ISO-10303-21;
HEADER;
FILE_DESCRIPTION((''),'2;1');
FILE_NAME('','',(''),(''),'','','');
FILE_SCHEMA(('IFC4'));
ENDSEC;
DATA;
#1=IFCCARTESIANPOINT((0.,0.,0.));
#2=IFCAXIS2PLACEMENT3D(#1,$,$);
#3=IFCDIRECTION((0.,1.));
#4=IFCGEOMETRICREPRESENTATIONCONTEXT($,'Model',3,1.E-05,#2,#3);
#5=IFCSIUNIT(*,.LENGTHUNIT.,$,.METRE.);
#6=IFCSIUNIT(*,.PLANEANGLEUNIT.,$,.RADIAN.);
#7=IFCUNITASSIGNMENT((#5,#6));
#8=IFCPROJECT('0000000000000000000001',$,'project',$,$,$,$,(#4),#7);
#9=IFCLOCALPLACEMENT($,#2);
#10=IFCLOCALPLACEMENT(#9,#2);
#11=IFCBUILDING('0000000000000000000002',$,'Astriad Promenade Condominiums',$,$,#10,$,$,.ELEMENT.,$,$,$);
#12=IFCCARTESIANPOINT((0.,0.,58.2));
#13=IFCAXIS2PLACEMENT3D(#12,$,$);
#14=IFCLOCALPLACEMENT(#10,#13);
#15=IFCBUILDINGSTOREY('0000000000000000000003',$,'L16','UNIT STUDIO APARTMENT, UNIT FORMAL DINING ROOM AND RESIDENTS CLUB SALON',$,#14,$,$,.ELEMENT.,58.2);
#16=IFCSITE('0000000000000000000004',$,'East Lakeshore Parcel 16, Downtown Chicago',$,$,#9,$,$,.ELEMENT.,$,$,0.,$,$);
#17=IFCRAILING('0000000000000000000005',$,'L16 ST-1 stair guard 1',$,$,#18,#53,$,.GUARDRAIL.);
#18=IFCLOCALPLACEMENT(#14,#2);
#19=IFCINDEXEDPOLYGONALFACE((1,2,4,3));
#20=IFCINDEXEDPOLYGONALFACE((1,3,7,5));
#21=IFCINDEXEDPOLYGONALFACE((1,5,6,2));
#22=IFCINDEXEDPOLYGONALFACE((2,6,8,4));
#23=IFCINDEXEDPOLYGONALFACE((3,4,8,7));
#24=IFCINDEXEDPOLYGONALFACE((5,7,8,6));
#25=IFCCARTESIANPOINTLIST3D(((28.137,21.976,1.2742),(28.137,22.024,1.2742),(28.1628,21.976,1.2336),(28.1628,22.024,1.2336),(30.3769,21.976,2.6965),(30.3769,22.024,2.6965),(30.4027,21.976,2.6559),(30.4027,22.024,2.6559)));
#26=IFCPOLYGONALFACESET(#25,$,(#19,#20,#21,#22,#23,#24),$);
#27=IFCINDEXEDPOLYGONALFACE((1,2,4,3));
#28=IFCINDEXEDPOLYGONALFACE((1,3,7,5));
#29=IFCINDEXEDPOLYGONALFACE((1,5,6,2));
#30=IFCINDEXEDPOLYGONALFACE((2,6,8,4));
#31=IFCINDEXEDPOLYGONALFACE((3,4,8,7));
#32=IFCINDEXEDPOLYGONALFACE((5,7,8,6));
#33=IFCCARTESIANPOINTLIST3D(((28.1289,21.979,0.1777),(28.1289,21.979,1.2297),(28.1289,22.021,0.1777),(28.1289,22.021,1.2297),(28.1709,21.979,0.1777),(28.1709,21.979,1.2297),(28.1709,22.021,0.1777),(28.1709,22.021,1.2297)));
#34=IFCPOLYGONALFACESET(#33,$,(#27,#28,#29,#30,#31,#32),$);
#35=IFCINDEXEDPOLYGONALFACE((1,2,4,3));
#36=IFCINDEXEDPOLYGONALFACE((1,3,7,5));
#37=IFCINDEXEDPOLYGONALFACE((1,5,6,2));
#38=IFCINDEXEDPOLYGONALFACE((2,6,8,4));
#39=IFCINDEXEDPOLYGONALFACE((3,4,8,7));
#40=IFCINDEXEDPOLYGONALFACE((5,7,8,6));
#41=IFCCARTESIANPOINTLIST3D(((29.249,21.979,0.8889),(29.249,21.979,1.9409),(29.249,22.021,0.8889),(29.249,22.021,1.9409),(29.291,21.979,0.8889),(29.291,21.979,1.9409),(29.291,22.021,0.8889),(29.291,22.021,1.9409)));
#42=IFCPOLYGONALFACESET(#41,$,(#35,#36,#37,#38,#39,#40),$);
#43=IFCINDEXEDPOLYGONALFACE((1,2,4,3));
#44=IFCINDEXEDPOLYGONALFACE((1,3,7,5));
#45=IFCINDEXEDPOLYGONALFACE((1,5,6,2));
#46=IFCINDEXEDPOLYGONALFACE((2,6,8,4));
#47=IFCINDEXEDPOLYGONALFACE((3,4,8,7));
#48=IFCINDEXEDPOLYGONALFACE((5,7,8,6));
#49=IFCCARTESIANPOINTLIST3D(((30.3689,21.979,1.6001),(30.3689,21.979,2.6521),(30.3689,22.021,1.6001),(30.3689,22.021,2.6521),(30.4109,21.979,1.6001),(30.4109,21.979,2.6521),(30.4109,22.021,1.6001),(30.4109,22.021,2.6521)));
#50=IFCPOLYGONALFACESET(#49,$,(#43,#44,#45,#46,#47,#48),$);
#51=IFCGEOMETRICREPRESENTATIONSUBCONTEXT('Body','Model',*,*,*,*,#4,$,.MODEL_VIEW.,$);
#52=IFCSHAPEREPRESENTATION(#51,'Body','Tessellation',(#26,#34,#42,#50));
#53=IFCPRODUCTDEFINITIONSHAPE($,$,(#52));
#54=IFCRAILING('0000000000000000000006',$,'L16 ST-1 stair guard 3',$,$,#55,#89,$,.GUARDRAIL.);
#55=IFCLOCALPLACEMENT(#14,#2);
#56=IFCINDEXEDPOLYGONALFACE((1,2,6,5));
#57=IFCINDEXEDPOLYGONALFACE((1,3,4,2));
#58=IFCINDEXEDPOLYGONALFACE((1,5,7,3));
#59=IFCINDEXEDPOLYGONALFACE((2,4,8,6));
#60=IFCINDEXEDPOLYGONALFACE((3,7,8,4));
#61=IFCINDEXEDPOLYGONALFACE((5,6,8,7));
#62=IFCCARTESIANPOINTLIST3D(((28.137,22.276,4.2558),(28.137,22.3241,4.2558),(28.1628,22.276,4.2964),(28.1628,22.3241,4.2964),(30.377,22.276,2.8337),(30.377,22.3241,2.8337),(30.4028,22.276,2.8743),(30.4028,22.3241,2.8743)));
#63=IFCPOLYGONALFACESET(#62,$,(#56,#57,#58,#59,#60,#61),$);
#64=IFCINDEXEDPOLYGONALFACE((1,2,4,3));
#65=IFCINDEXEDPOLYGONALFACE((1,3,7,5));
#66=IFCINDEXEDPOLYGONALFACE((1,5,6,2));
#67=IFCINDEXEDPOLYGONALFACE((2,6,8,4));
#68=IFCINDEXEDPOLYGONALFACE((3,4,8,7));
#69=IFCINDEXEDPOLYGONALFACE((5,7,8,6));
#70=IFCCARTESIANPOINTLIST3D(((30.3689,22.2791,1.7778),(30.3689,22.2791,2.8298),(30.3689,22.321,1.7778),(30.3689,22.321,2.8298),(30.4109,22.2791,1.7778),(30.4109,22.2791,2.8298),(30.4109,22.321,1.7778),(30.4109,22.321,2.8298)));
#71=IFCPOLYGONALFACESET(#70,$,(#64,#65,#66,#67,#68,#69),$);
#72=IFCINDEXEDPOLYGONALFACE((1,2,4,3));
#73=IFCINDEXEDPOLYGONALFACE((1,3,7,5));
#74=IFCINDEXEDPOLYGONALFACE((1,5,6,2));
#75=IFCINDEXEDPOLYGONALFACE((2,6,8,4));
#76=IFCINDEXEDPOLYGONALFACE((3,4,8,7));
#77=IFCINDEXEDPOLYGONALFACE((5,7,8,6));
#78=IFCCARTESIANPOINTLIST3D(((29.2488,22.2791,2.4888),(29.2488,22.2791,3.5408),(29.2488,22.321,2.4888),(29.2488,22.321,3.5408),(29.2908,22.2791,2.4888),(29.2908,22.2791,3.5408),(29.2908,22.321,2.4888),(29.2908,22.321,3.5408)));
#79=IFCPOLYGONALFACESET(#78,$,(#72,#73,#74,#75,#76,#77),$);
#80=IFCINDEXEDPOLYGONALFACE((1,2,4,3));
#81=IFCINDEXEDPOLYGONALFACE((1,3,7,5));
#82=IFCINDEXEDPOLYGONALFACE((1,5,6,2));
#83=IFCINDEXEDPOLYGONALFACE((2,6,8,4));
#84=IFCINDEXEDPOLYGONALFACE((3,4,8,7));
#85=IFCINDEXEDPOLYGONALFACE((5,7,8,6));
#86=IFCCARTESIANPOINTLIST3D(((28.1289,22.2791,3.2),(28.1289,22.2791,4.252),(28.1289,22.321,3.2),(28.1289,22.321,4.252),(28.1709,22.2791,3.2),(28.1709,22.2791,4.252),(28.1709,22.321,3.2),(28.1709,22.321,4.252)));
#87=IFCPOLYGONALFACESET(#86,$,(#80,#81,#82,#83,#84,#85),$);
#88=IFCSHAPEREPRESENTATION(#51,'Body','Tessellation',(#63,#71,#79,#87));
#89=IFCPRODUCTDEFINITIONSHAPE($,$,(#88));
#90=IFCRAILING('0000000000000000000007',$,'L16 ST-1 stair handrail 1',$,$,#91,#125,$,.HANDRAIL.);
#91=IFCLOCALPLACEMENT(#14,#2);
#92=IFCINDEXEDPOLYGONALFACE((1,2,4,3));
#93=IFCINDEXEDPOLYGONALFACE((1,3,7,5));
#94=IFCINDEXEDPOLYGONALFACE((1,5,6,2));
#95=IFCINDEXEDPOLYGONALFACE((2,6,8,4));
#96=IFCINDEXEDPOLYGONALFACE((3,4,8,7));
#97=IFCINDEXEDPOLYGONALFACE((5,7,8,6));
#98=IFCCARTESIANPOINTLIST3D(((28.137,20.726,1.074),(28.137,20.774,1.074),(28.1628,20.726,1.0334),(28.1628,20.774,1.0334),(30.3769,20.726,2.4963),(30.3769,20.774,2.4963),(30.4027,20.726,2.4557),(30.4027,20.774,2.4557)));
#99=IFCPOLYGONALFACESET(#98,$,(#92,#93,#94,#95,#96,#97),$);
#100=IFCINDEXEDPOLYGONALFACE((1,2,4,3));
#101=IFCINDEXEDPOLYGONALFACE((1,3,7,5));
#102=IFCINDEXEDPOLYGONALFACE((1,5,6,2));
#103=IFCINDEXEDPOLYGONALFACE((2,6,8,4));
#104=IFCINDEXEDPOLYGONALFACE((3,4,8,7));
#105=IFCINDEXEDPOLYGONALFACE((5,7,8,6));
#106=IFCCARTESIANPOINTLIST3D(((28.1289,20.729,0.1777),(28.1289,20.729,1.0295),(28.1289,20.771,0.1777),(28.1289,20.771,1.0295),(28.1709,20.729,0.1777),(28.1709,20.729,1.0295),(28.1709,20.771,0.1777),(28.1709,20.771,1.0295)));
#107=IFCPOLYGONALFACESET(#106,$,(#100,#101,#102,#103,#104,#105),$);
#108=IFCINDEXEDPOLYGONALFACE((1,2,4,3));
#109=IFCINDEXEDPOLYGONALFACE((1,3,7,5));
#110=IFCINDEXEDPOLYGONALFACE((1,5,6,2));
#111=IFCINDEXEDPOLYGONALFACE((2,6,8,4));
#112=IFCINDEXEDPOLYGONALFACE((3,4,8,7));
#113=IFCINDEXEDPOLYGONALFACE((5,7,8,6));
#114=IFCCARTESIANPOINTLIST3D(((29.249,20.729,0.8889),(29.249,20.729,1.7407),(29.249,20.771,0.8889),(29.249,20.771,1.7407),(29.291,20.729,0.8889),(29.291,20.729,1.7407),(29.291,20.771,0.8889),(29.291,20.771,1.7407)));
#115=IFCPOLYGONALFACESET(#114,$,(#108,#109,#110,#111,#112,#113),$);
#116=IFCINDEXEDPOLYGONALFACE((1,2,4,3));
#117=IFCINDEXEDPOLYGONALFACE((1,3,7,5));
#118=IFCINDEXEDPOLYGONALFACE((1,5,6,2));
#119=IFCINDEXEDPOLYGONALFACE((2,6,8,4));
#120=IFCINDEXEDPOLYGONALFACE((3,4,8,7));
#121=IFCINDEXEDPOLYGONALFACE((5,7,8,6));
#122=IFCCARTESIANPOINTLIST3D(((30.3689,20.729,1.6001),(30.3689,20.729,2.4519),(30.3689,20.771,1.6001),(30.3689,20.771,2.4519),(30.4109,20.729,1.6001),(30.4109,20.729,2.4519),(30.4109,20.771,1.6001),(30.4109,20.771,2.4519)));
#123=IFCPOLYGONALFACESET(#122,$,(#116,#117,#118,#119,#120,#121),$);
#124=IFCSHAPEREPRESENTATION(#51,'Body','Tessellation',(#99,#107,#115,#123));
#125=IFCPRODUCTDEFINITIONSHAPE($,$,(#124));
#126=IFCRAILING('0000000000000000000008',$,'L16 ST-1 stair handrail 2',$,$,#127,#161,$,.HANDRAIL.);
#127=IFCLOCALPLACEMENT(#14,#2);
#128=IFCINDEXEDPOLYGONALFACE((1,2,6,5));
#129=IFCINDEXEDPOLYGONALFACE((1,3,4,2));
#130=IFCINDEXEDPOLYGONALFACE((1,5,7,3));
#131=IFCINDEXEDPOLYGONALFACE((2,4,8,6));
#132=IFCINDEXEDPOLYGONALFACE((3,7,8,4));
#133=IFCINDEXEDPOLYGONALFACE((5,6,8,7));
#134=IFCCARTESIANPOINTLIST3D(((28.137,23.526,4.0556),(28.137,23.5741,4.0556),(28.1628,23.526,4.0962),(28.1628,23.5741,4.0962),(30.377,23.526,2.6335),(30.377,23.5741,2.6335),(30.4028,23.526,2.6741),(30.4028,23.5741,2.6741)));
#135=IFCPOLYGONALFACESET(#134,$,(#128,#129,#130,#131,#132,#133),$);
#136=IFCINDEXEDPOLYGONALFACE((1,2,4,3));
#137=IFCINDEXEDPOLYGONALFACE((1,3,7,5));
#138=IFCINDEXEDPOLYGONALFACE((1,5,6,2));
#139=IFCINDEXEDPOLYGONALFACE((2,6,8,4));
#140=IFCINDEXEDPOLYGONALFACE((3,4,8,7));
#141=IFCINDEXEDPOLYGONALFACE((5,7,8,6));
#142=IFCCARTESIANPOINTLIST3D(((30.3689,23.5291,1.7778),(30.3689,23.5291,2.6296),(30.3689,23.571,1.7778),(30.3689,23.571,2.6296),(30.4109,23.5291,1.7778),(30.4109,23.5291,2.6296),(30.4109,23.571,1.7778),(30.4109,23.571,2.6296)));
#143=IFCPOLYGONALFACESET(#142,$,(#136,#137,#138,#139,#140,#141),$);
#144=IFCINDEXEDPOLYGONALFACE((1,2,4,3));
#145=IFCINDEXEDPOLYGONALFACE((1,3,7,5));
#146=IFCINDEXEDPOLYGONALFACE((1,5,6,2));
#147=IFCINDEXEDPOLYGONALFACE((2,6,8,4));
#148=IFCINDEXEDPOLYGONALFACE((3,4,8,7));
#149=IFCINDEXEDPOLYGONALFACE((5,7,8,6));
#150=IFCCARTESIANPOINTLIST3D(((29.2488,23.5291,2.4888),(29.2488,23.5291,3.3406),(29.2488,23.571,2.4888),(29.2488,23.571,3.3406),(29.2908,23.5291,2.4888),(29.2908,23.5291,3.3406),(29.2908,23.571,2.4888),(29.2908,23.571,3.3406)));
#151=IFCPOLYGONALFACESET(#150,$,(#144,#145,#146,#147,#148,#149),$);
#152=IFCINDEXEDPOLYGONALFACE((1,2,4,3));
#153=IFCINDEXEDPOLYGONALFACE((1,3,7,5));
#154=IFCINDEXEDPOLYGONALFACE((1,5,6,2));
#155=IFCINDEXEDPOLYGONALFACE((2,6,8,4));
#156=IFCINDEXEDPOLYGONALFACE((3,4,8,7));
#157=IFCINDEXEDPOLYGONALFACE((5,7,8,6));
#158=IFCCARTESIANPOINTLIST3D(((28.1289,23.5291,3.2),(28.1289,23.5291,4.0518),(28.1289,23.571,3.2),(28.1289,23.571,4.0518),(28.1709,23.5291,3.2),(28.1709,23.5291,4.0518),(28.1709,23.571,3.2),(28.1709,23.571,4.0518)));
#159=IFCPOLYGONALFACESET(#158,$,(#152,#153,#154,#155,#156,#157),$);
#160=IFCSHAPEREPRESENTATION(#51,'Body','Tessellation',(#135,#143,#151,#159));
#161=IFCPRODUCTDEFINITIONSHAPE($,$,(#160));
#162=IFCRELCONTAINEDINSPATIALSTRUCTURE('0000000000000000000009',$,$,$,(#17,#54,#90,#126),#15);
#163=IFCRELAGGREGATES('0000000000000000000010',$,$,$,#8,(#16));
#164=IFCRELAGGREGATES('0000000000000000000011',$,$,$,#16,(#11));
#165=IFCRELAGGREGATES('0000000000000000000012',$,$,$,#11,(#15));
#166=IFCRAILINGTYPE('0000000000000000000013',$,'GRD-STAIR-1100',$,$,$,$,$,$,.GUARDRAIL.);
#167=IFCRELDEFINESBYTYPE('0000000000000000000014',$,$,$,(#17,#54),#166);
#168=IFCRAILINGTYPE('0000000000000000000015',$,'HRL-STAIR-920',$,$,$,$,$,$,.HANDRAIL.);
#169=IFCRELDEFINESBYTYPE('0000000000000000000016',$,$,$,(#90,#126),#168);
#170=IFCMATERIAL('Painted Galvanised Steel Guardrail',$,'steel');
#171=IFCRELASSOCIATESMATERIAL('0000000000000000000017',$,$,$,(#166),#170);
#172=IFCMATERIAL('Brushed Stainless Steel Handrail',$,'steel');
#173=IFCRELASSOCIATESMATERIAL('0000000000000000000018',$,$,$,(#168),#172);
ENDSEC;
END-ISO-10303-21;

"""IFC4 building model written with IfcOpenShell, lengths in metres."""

from ifc_helpers import new_model, si_unit, direction, frame, origin, origin_2d, place, context, subcontext, project, spatial, rectangle, extrude, source, transform, mapped, material, type_object, type_shapes, element, save


model = new_model("IFC4")

# Units and contexts
model_context = context("Model", 3, precision=1e-05, world=origin(), true_north=direction((0.0, 1.0)))
body_context = subcontext(model_context, "Body", "Model", "MODEL_VIEW")
ifc_project = project(units=[si_unit("LENGTHUNIT", "METRE"), si_unit("PLANEANGLEUNIT", "RADIAN")], contexts=[model_context])

# Site, building, storey
site_placement = place(None, origin())
site = spatial("IfcSite", under=ifc_project, at=site_placement, Name="East Lakeshore Parcel 16, Downtown Chicago", CompositionType="ELEMENT", RefElevation=0.0)
building_placement = place(site_placement, origin())
building = spatial("IfcBuilding", under=site, at=building_placement, Name="Astriad Promenade Condominiums", CompositionType="ELEMENT")
storey_placement = place(building_placement, frame((0.0, 0.0, 58.2)))
storey = spatial("IfcBuildingStorey", under=building, at=storey_placement, Name="L16", Description="UNIT STUDIO APARTMENT, UNIT FORMAL DINING ROOM AND RESIDENTS CLUB SALON", CompositionType="ELEMENT", Elevation=58.2)

# Railings
ifc_material_1 = material(Name="Painted Galvanised Steel Guardrail", Category="steel")
railing_type_1 = type_object("IfcRailingType", Name="GRD-STAIR-1100", PredefinedType="GUARDRAIL", material=ifc_material_1)
shared_shape_1 = source(origin(), body_context, "Body", "SweptSolid", [
    extrude(rectangle(XDim=0.0481, YDim=0.0481, at=origin_2d()), frame((0.0, 0.0, 1.0762), z_axis=(0.844188, 0.0, 0.536048), x_axis=(0.0, 1.0, 0.0)), (0.0, 0.0, 1.0), 2.6533),
    extrude(rectangle(XDim=0.042, YDim=0.042, at=origin_2d()), origin(), (0.0, 0.0, 1.0), 1.052),
    extrude(rectangle(XDim=0.042, YDim=0.042, at=origin_2d()), frame((1.1201, 0.0, 0.7112)), (0.0, 0.0, 1.0), 1.052),
    extrude(rectangle(XDim=0.042, YDim=0.042, at=origin_2d()), frame((2.24, 0.0, 1.4224)), (0.0, 0.0, 1.0), 1.052),
])
railing_1_placement = place(storey_placement, frame((28.1499, 22.0, 0.1777)))
element("IfcRailing", 1, at=railing_1_placement, inside=storey, type_object=railing_type_1, Name="L16 ST-1 stair guard 1", PredefinedType="GUARDRAIL", context=body_context, shape_type="MappedRepresentation", body=[
    mapped(shared_shape_1, transform((0.0, 0.0, 0.0), scale=1.0)),
])
shared_shape_2 = source(origin(), body_context, "Body", "SweptSolid", [
    extrude(rectangle(XDim=0.0481, YDim=0.0481, at=origin_2d()), frame((0.0, 0.0, 1.0762), z_axis=(-0.844229, 0.0, 0.535982), x_axis=(0.0, -1.0, 0.0)), (0.0, 0.0, 1.0), 2.6533),
    extrude(rectangle(XDim=0.042, YDim=0.042, at=origin_2d()), origin(), (0.0, 0.0, 1.0), 1.052),
    extrude(rectangle(XDim=0.042, YDim=0.042, at=origin_2d()), frame((-1.1201, 0.0, 0.7109)), (0.0, 0.0, 1.0), 1.052),
    extrude(rectangle(XDim=0.042, YDim=0.042, at=origin_2d()), frame((-2.24, 0.0, 1.4221)), (0.0, 0.0, 1.0), 1.052),
])
railing_2_placement = place(storey_placement, frame((30.3899, 22.3, 1.7778)))
element("IfcRailing", 2, at=railing_2_placement, inside=storey, type_object=railing_type_1, Name="L16 ST-1 stair guard 3", PredefinedType="GUARDRAIL", context=body_context, shape_type="MappedRepresentation", body=[
    mapped(shared_shape_2, transform((0.0, 0.0, 0.0), scale=1.0)),
])
ifc_material_2 = material(Name="Brushed Stainless Steel Handrail", Category="steel")
railing_type_2 = type_object("IfcRailingType", Name="HRL-STAIR-920", PredefinedType="HANDRAIL", material=ifc_material_2)
shared_shape_3 = source(origin(), body_context, "Body", "SweptSolid", [
    extrude(rectangle(XDim=0.0481, YDim=0.0481, at=origin_2d()), frame((0.0, 0.0, 0.876), z_axis=(0.844188, 0.0, 0.536048), x_axis=(0.0, 1.0, 0.0)), (0.0, 0.0, 1.0), 2.6533),
    extrude(rectangle(XDim=0.042, YDim=0.042, at=origin_2d()), origin(), (0.0, 0.0, 1.0), 0.8518),
    extrude(rectangle(XDim=0.042, YDim=0.042, at=origin_2d()), frame((1.1201, 0.0, 0.7112)), (0.0, 0.0, 1.0), 0.8518),
    extrude(rectangle(XDim=0.042, YDim=0.042, at=origin_2d()), frame((2.24, 0.0, 1.4224)), (0.0, 0.0, 1.0), 0.8518),
])
railing_3_placement = place(storey_placement, frame((28.1499, 20.75, 0.1777)))
element("IfcRailing", 3, at=railing_3_placement, inside=storey, type_object=railing_type_2, Name="L16 ST-1 stair handrail 1", PredefinedType="HANDRAIL", context=body_context, shape_type="MappedRepresentation", body=[
    mapped(shared_shape_3, transform((0.0, 0.0, 0.0), scale=1.0)),
])
shared_shape_4 = source(origin(), body_context, "Body", "SweptSolid", [
    extrude(rectangle(XDim=0.0481, YDim=0.0481, at=origin_2d()), frame((0.0, 0.0, 0.876), z_axis=(-0.844229, 0.0, 0.535982), x_axis=(0.0, -1.0, 0.0)), (0.0, 0.0, 1.0), 2.6533),
    extrude(rectangle(XDim=0.042, YDim=0.042, at=origin_2d()), origin(), (0.0, 0.0, 1.0), 0.8518),
    extrude(rectangle(XDim=0.042, YDim=0.042, at=origin_2d()), frame((-1.1201, 0.0, 0.7109)), (0.0, 0.0, 1.0), 0.8518),
    extrude(rectangle(XDim=0.042, YDim=0.042, at=origin_2d()), frame((-2.24, 0.0, 1.4221)), (0.0, 0.0, 1.0), 0.8518),
])
type_shapes(railing_type_2, [shared_shape_3, shared_shape_4])
railing_4_placement = place(storey_placement, frame((30.3899, 23.55, 1.7778)))
element("IfcRailing", 4, at=railing_4_placement, inside=storey, type_object=railing_type_2, Name="L16 ST-1 stair handrail 2", PredefinedType="HANDRAIL", context=body_context, shape_type="MappedRepresentation", body=[
    mapped(shared_shape_4, transform((0.0, 0.0, 0.0), scale=1.0)),
])

save(model, "model.ifc")
